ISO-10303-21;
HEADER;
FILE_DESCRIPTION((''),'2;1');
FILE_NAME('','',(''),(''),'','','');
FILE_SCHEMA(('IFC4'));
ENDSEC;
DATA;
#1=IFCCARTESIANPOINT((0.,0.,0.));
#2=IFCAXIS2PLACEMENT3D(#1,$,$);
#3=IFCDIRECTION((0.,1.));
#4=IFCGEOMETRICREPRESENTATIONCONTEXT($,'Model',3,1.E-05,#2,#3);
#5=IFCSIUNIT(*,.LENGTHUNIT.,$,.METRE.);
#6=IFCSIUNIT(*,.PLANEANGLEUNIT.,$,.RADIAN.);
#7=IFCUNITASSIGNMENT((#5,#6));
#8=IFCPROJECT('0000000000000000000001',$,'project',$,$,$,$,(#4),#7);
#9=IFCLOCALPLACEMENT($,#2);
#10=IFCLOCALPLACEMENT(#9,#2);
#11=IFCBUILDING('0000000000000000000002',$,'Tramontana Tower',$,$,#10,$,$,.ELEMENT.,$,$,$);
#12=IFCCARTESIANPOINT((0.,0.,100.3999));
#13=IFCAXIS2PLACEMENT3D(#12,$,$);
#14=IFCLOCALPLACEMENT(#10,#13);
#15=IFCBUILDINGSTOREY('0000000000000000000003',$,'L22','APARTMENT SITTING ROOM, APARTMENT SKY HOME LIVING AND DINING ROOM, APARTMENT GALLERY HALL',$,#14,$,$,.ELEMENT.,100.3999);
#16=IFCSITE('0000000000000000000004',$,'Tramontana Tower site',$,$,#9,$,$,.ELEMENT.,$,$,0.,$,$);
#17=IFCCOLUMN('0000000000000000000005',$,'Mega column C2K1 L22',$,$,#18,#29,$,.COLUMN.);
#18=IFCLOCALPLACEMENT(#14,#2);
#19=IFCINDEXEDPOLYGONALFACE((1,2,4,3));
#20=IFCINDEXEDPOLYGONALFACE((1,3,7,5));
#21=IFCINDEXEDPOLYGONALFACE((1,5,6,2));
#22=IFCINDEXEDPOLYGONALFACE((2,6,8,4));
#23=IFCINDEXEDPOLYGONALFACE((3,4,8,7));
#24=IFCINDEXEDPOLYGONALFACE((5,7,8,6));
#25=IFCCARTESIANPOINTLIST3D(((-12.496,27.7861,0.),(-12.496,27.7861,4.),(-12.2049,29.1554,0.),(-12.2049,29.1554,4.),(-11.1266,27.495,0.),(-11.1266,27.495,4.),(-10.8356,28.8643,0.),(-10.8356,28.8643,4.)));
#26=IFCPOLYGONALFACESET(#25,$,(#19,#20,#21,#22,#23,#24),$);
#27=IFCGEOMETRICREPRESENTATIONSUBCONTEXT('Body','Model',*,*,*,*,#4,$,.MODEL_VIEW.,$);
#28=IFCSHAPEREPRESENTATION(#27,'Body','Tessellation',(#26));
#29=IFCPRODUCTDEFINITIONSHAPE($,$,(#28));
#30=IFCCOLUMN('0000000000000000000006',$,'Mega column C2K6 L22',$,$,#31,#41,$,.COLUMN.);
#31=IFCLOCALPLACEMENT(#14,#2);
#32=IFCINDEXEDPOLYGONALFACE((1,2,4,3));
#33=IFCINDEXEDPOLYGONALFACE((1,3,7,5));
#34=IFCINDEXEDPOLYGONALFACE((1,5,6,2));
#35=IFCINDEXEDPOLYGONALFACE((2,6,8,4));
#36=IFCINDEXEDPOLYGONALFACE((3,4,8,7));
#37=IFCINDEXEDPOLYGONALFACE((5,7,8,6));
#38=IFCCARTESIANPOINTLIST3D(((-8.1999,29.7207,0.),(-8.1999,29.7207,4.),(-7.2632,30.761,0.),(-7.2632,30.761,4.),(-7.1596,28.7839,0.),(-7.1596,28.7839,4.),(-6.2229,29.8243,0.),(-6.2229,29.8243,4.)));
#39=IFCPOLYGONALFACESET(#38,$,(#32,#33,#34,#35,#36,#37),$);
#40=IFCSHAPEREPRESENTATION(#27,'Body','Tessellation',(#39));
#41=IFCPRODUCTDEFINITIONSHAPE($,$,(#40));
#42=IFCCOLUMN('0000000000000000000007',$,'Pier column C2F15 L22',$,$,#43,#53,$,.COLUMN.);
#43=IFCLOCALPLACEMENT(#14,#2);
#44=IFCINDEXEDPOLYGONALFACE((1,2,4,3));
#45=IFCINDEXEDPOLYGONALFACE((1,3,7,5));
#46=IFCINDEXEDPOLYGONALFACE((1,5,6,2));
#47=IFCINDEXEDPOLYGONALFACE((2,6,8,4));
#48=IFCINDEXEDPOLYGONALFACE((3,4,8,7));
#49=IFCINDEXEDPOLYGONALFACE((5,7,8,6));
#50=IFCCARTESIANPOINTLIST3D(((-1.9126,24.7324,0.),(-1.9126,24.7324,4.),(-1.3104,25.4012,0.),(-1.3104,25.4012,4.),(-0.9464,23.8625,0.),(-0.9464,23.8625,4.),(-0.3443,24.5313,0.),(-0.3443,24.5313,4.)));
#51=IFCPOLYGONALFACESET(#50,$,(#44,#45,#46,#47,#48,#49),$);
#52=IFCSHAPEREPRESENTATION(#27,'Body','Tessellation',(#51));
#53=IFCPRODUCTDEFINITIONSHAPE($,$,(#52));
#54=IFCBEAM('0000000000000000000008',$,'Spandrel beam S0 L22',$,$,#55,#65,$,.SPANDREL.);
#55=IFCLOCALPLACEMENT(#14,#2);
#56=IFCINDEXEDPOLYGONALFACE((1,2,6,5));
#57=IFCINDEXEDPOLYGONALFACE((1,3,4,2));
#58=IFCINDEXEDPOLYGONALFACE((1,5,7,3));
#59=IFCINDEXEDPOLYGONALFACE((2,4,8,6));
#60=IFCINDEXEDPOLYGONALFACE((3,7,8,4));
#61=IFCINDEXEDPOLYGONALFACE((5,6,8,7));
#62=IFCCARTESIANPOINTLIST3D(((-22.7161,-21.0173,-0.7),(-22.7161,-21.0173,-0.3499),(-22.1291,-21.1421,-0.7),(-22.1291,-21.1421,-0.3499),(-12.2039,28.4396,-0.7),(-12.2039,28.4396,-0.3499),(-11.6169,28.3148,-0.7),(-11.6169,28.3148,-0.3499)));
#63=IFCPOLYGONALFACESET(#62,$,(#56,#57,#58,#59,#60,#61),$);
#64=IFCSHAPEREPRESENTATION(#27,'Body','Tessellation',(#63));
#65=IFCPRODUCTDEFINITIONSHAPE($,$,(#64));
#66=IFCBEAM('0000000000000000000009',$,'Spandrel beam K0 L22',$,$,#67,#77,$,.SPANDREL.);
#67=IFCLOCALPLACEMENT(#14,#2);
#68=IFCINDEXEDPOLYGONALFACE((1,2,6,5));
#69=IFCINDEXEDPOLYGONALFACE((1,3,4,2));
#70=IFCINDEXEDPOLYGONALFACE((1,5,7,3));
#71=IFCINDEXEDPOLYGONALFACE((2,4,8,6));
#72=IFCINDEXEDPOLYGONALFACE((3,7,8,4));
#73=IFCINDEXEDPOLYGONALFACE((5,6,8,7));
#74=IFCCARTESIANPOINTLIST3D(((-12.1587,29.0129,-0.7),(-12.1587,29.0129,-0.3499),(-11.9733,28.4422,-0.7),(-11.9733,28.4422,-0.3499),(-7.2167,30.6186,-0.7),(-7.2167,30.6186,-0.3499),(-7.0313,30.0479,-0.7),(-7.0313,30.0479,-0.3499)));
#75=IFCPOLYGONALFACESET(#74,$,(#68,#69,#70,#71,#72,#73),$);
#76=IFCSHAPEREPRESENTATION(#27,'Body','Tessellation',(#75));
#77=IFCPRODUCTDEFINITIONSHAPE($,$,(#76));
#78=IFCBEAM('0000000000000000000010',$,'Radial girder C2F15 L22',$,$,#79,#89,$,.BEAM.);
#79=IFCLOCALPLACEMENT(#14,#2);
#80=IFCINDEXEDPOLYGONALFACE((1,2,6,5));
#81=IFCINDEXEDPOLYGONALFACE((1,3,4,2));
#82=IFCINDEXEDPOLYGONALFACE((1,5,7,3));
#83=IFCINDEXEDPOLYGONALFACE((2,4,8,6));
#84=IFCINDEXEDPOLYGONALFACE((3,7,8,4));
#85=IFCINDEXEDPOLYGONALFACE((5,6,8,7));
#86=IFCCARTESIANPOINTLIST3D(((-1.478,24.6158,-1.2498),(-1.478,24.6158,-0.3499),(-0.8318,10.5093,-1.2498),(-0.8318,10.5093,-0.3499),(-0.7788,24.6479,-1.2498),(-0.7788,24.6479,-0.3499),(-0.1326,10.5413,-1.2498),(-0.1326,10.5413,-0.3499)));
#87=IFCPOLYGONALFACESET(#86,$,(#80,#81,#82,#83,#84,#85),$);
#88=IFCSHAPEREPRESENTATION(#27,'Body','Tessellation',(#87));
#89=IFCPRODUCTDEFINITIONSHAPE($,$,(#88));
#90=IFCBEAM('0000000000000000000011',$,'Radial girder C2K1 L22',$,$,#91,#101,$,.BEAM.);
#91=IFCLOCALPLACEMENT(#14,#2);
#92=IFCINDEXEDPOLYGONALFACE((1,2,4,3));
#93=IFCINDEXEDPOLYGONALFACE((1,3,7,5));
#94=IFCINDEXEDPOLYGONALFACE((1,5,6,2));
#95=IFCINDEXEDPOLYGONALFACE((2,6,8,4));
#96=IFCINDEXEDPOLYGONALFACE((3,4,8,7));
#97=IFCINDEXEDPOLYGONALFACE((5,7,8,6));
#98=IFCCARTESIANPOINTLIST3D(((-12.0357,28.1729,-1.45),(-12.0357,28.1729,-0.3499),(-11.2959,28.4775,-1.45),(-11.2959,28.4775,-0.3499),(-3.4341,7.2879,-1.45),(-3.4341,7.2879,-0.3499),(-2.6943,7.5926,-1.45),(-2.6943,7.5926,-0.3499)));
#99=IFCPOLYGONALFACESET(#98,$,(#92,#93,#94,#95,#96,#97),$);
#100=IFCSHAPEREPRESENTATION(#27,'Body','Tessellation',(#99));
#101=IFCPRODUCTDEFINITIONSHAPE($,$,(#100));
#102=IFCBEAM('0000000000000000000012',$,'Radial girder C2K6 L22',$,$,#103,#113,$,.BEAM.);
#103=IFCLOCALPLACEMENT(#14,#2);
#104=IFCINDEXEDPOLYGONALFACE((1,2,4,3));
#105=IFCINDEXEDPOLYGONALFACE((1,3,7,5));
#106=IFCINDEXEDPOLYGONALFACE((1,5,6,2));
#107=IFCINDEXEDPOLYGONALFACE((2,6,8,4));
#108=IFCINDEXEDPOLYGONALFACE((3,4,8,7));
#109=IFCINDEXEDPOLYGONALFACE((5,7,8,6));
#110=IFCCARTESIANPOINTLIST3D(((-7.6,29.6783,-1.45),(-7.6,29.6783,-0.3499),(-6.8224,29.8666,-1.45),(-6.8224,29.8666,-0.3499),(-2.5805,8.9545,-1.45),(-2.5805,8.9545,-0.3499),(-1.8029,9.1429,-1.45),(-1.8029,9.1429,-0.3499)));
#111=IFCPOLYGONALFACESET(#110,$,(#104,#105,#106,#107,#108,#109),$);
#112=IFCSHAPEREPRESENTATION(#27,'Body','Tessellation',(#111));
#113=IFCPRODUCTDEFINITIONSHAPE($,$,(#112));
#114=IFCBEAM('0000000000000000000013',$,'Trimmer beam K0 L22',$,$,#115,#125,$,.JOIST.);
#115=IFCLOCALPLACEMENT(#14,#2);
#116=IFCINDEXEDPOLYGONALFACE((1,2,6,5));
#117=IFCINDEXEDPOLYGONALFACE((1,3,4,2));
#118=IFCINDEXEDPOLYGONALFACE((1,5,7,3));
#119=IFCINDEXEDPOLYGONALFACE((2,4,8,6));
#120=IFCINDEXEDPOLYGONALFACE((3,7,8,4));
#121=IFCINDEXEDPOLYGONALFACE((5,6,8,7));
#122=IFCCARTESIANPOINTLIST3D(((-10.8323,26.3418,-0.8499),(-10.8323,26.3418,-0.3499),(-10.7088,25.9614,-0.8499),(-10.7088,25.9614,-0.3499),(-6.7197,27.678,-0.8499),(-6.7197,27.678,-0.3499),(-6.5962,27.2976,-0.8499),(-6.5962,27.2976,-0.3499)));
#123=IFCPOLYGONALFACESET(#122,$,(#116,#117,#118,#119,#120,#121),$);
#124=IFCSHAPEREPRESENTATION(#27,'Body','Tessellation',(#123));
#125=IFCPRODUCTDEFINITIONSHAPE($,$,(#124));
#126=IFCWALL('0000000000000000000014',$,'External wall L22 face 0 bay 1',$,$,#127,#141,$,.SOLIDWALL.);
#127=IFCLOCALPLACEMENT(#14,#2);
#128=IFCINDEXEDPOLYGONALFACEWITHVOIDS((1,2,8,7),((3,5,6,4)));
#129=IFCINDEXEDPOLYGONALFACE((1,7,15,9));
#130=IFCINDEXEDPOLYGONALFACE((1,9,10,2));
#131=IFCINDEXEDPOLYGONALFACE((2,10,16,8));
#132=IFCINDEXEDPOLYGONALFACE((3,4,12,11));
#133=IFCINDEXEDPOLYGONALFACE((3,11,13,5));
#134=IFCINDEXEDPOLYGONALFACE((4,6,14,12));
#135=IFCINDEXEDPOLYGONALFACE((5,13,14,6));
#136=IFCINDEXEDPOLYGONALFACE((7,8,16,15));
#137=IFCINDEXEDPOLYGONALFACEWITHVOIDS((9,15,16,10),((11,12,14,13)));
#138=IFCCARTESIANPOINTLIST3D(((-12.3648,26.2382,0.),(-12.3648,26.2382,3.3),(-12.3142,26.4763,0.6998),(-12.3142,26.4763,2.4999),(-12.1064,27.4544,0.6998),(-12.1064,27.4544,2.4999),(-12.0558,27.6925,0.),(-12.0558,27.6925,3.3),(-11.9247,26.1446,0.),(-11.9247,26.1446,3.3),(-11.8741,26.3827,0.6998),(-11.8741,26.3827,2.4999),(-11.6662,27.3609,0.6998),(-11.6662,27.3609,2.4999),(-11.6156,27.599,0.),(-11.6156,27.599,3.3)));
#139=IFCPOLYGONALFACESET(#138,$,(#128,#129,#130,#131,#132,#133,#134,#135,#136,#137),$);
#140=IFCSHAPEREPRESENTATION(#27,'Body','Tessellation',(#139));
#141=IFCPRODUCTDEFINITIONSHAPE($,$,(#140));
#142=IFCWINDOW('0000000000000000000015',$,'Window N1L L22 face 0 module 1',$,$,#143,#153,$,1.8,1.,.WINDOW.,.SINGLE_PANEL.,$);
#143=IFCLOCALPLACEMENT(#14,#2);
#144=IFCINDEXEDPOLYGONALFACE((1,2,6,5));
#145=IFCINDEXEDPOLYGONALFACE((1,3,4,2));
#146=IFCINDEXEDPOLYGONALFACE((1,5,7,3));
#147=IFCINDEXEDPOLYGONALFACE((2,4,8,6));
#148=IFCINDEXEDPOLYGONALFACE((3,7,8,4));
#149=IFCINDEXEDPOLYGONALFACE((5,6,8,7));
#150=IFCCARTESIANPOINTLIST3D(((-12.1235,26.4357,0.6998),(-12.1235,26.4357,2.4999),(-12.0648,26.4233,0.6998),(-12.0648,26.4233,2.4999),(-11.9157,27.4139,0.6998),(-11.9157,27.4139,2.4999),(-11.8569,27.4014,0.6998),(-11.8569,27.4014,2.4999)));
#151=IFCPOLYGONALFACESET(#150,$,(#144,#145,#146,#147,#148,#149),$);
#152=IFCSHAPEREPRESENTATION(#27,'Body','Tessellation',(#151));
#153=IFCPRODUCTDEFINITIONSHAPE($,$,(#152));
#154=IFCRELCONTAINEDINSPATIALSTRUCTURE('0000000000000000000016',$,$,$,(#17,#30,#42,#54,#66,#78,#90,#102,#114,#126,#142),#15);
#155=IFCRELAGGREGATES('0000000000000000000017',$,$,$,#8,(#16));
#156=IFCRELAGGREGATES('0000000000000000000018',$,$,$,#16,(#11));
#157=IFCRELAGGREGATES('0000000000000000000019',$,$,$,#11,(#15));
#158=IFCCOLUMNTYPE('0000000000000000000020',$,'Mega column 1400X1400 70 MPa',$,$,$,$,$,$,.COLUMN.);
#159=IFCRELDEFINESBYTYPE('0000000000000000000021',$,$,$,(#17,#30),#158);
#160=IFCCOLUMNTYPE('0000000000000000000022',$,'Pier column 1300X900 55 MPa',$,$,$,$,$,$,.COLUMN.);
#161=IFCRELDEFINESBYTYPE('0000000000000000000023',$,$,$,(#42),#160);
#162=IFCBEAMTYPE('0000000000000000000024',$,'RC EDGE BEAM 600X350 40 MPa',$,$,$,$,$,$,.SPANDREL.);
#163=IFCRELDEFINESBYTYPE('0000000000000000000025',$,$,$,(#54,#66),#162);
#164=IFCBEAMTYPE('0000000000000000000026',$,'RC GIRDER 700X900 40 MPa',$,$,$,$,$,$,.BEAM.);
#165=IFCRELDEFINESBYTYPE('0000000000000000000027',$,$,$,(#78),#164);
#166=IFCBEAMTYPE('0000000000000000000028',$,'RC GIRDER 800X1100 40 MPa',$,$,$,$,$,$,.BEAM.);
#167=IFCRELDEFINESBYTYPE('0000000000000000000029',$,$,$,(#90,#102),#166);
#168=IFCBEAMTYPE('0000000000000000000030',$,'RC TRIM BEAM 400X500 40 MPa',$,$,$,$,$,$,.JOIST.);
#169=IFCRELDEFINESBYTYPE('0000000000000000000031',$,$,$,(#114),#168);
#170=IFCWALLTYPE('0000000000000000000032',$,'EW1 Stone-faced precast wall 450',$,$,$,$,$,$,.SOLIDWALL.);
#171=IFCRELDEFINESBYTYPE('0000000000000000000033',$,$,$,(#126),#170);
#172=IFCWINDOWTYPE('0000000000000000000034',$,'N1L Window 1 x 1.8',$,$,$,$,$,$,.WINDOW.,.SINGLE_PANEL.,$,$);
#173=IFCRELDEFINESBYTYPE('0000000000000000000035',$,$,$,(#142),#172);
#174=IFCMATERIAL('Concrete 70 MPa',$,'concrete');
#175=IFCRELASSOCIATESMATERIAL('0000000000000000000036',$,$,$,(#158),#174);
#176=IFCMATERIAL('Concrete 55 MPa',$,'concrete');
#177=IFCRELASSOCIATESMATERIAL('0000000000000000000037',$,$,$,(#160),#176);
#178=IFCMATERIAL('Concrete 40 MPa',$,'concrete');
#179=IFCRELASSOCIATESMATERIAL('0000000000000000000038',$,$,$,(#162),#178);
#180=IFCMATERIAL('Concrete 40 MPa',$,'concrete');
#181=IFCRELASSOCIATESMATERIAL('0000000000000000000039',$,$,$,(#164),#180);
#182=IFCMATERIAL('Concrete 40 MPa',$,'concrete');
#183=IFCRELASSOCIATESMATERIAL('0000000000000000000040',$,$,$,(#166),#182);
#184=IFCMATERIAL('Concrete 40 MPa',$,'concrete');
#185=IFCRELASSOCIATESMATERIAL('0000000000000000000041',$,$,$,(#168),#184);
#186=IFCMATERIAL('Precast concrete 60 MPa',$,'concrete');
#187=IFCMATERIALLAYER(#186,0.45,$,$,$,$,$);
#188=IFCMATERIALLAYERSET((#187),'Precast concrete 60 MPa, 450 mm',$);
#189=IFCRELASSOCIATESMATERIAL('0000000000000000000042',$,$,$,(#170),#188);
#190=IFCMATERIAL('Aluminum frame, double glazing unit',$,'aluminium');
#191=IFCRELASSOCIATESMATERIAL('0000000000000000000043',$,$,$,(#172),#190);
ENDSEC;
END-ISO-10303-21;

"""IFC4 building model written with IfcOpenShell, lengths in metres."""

from ifc_helpers import new_model, si_unit, direction, frame, frame_2d, origin, origin_2d, place, context, subcontext, project, spatial, rectangle, extrude, material, layer, layer_set, material_profile, profile_set, type_object, element, fill, save


model = new_model("IFC4")

# Units and contexts
model_context = context("Model", 3, precision=1e-05, world=origin(), true_north=direction((0.0, 1.0)))
body_context = subcontext(model_context, "Body", "Model", "MODEL_VIEW")
ifc_project = project(units=[si_unit("LENGTHUNIT", "METRE"), si_unit("PLANEANGLEUNIT", "RADIAN")], contexts=[model_context])

# Site, building, storey
site_placement = place(None, origin())
site = spatial("IfcSite", under=ifc_project, at=site_placement, Name="Tramontana Tower site", CompositionType="ELEMENT", RefElevation=0.0)
building_placement = place(site_placement, origin())
building = spatial("IfcBuilding", under=site, at=building_placement, Name="Tramontana Tower", CompositionType="ELEMENT")
storey_placement = place(building_placement, frame((0.0, 0.0, 100.3999)))
storey = spatial("IfcBuildingStorey", under=building, at=storey_placement, Name="L22", Description="APARTMENT SITTING ROOM, APARTMENT SKY HOME LIVING AND DINING ROOM, APARTMENT GALLERY HALL", CompositionType="ELEMENT", Elevation=100.3999)

# Columns
ifc_material_1 = material(Name="Concrete 70 MPa", Category="concrete")
ifc_material_profile_1 = material_profile(ifc_material_1, rectangle(XDim=1.3999, YDim=1.3999, at=origin_2d()), Name="Mega column 1400X1400 70 MPa")
ifc_profile_set_1 = profile_set([ifc_material_profile_1], Name="Concrete 70 MPa")
column_type_1 = type_object("IfcColumnType", Name="Mega column 1400X1400 70 MPa", PredefinedType="COLUMN", material=ifc_profile_set_1)
for number, where, z_axis, x_axis, name in (
    (1, (-11.6658, 28.3252, 0.0), (0.0, 0.0, 1.0), (-0.207912, -0.978148, 0.0), "Mega column C2K1 L22"),
    (2, (-7.2114, 29.7725, 0.0), (0.0, 0.0, 1.0), (-0.743145, 0.669131, 0.0), "Mega column C2K6 L22"),
):
    element("IfcColumn", number, at=place(storey_placement, frame(where, z_axis=z_axis, x_axis=x_axis)), inside=storey, type_object=column_type_1, Name=name, PredefinedType="COLUMN", context=body_context, shape_type="SweptSolid", body=[
        extrude(rectangle(XDim=1.3999, YDim=1.3999, at=origin_2d()), origin(), (0.0, 0.0, 1.0), 4.0),
    ])
ifc_material_2 = material(Name="Concrete 55 MPa", Category="concrete")
ifc_material_profile_2 = material_profile(ifc_material_2, rectangle(XDim=1.3, YDim=0.8999, at=origin_2d()), Name="Pier column 1300X900 55 MPa")
ifc_profile_set_2 = profile_set([ifc_material_profile_2], Name="Concrete 55 MPa")
column_type_2 = type_object("IfcColumnType", Name="Pier column 1300X900 55 MPa", PredefinedType="COLUMN", material=ifc_profile_set_2)
column_placement = place(storey_placement, frame((-1.1284, 24.6318, 0.0), z_axis=(0.0, 0.0, 1.0), x_axis=(-0.743145, 0.669131, 0.0)))
element("IfcColumn", 3, at=column_placement, inside=storey, type_object=column_type_2, Name="Pier column C2F15 L22", PredefinedType="COLUMN", context=body_context, shape_type="SweptSolid", body=[
    extrude(rectangle(XDim=1.3, YDim=0.8999, at=origin_2d()), origin(), (0.0, 0.0, 1.0), 4.0),
])

# Beams
ifc_material_3 = material(Name="Concrete 40 MPa", Category="concrete")
ifc_material_profile_3 = material_profile(ifc_material_3, rectangle(XDim=0.6001, YDim=0.3501, at=origin_2d()), Name="RC EDGE BEAM 600X350 40 MPa")
ifc_profile_set_3 = profile_set([ifc_material_profile_3], Name="Concrete 40 MPa")
beam_type_1 = type_object("IfcBeamType", Name="RC EDGE BEAM 600X350 40 MPa", PredefinedType="SPANDREL", material=ifc_profile_set_3)
beam_1_placement = place(storey_placement, frame((-11.9104, 28.3772, -0.5249), z_axis=(-0.207909, -0.978148, 0.0), x_axis=(0.978148, -0.207909, 0.0)))
element("IfcBeam", 4, at=beam_1_placement, inside=storey, type_object=beam_type_1, Name="Spandrel beam S0 L22", PredefinedType="SPANDREL", context=body_context, shape_type="SweptSolid", body=[
    extrude(rectangle(XDim=0.6001, YDim=0.3501, at=origin_2d()), origin(), (0.0, 0.0, 1.0), 50.5618),
])
beam_2_placement = place(storey_placement, frame((-7.124, 30.3333, -0.5249), z_axis=(-0.951057, -0.309016, 0.0), x_axis=(0.309016, -0.951057, 0.0)))
element("IfcBeam", 5, at=beam_2_placement, inside=storey, type_object=beam_type_1, Name="Spandrel beam K0 L22", PredefinedType="SPANDREL", context=body_context, shape_type="SweptSolid", body=[
    extrude(rectangle(XDim=0.6001, YDim=0.3501, at=origin_2d()), origin(), (0.0, 0.0, 1.0), 5.1963),
])
ifc_material_4 = material(Name="Concrete 40 MPa", Category="concrete")
ifc_material_profile_4 = material_profile(ifc_material_4, rectangle(XDim=0.7, YDim=0.8999, at=origin_2d()), Name="RC GIRDER 700X900 40 MPa")
ifc_profile_set_4 = profile_set([ifc_material_profile_4], Name="Concrete 40 MPa")
beam_type_2 = type_object("IfcBeamType", Name="RC GIRDER 700X900 40 MPa", PredefinedType="BEAM", material=ifc_profile_set_4)
beam_3_placement = place(storey_placement, frame((-1.1284, 24.6318, -0.7998), z_axis=(0.045764, -0.998952, 0.0), x_axis=(0.998952, 0.045764, 0.0)))
element("IfcBeam", 6, at=beam_3_placement, inside=storey, type_object=beam_type_2, Name="Radial girder C2F15 L22", PredefinedType="BEAM", context=body_context, shape_type="SweptSolid", body=[
    extrude(rectangle(XDim=0.7, YDim=0.8999, at=origin_2d()), origin(), (0.0, 0.0, 1.0), 14.1213),
])
ifc_material_5 = material(Name="Concrete 40 MPa", Category="concrete")
ifc_material_profile_5 = material_profile(ifc_material_5, rectangle(XDim=0.8, YDim=1.1001, at=origin_2d()), Name="RC GIRDER 800X1100 40 MPa")
ifc_profile_set_5 = profile_set([ifc_material_profile_5], Name="Concrete 40 MPa")
beam_type_3 = type_object("IfcBeamType", Name="RC GIRDER 800X1100 40 MPa", PredefinedType="BEAM", material=ifc_profile_set_5)
beam_4_placement = place(storey_placement, frame((-11.6658, 28.3252, -0.8999), z_axis=(0.38082, -0.924649, 0.0), x_axis=(0.924649, 0.38082, 0.0)))
element("IfcBeam", 7, at=beam_4_placement, inside=storey, type_object=beam_type_3, Name="Radial girder C2K1 L22", PredefinedType="BEAM", context=body_context, shape_type="SweptSolid", body=[
    extrude(rectangle(XDim=0.8, YDim=1.1001, at=origin_2d()), origin(), (0.0, 0.0, 1.0), 22.5869),
])
beam_5_placement = place(storey_placement, frame((-7.2112, 29.7725, -0.8999), z_axis=(0.235403, -0.971898, 0.0), x_axis=(0.971898, 0.235403, 0.0)))
element("IfcBeam", 8, at=beam_5_placement, inside=storey, type_object=beam_type_3, Name="Radial girder C2K6 L22", PredefinedType="BEAM", context=body_context, shape_type="SweptSolid", body=[
    extrude(rectangle(XDim=0.8, YDim=1.1001, at=origin_2d()), origin(), (0.0, 0.0, 1.0), 21.323),
])
ifc_material_6 = material(Name="Concrete 40 MPa", Category="concrete")
ifc_material_profile_6 = material_profile(ifc_material_6, rectangle(XDim=0.3999, YDim=0.5, at=origin_2d()), Name="RC TRIM BEAM 400X500 40 MPa")
ifc_profile_set_6 = profile_set([ifc_material_profile_6], Name="Concrete 40 MPa")
beam_type_4 = type_object("IfcBeamType", Name="RC TRIM BEAM 400X500 40 MPa", PredefinedType="JOIST", material=ifc_profile_set_6)
beam_6_placement = place(storey_placement, frame((-6.658, 27.4878, -0.5999), z_axis=(-0.951061, -0.309003, 0.0), x_axis=(0.309003, -0.951061, 0.0)))
element("IfcBeam", 9, at=beam_6_placement, inside=storey, type_object=beam_type_4, Name="Trimmer beam K0 L22", PredefinedType="JOIST", context=body_context, shape_type="SweptSolid", body=[
    extrude(rectangle(XDim=0.3999, YDim=0.5, at=origin_2d()), origin(), (0.0, 0.0, 1.0), 4.3242),
])

# Wall, opening, window
ifc_material_7 = material(Name="Precast concrete 60 MPa", Category="concrete")
ifc_layer_1 = layer(ifc_material_7, 0.45)
ifc_layer_set_1 = layer_set([ifc_layer_1], Name="Precast concrete 60 MPa, 450 mm")
wall_type_1 = type_object("IfcWallType", Name="EW1 Stone-faced precast wall 450", PredefinedType="SOLIDWALL", material=ifc_layer_set_1)
wall_1_placement = place(storey_placement, frame((-11.8357, 27.6458, 0.0), z_axis=(0.0, 0.0, 1.0), x_axis=(-0.20788, -0.978154, 0.0)))
wall_1 = element("IfcWall", 10, at=wall_1_placement, inside=storey, type_object=wall_type_1, Name="External wall L22 face 0 bay 1", PredefinedType="SOLIDWALL", context=body_context, shape_type="SweptSolid", body=[
    extrude(rectangle(XDim=1.4868, YDim=0.45, at=frame_2d((0.7434, 0.0))), origin(), (0.0, 0.0, 1.0), 3.3),
])
opening_1_placement = place(wall_1_placement, frame((0.2434, 0.0, 0.7)))
opening_1 = element("IfcOpeningElement", 11, at=opening_1_placement, cuts=wall_1, PredefinedType="OPENING", context=body_context, shape_type="SweptSolid", body=[
    extrude(rectangle(XDim=1.0, YDim=1.8, at=frame_2d((0.5, 0.8999))), frame((0.0, 0.2349, 0.0), z_axis=(0.0, -1.0, 0.0), x_axis=(1.0, 0.0, 0.0)), (0.0, 0.0, 1.0), 0.47),
])
ifc_material_8 = material(Name="Aluminum frame, double glazing unit", Category="aluminium")
window_type_1 = type_object("IfcWindowType", Name="N1L Window 1 x 1.8", PartitioningType="SINGLE_PANEL", PredefinedType="WINDOW", material=ifc_material_8)
window_1_placement = place(opening_1_placement, origin())
window_1 = element("IfcWindow", 12, at=window_1_placement, inside=storey, type_object=window_type_1, Name="Window N1L L22 face 0 module 1", OverallHeight=1.8, OverallWidth=1.0, PartitioningType="SINGLE_PANEL", PredefinedType="WINDOW", context=body_context, shape_type="SweptSolid", body=[
    extrude(rectangle(XDim=1.0, YDim=1.8, at=frame_2d((0.5, 0.8999))), frame((0.0, 0.03, 0.0), z_axis=(0.0, -1.0, 0.0), x_axis=(1.0, 0.0, 0.0)), (0.0, 0.0, 1.0), 0.0601),
])
fill(opening_1, window_1)

save(model, "model.ifc")
